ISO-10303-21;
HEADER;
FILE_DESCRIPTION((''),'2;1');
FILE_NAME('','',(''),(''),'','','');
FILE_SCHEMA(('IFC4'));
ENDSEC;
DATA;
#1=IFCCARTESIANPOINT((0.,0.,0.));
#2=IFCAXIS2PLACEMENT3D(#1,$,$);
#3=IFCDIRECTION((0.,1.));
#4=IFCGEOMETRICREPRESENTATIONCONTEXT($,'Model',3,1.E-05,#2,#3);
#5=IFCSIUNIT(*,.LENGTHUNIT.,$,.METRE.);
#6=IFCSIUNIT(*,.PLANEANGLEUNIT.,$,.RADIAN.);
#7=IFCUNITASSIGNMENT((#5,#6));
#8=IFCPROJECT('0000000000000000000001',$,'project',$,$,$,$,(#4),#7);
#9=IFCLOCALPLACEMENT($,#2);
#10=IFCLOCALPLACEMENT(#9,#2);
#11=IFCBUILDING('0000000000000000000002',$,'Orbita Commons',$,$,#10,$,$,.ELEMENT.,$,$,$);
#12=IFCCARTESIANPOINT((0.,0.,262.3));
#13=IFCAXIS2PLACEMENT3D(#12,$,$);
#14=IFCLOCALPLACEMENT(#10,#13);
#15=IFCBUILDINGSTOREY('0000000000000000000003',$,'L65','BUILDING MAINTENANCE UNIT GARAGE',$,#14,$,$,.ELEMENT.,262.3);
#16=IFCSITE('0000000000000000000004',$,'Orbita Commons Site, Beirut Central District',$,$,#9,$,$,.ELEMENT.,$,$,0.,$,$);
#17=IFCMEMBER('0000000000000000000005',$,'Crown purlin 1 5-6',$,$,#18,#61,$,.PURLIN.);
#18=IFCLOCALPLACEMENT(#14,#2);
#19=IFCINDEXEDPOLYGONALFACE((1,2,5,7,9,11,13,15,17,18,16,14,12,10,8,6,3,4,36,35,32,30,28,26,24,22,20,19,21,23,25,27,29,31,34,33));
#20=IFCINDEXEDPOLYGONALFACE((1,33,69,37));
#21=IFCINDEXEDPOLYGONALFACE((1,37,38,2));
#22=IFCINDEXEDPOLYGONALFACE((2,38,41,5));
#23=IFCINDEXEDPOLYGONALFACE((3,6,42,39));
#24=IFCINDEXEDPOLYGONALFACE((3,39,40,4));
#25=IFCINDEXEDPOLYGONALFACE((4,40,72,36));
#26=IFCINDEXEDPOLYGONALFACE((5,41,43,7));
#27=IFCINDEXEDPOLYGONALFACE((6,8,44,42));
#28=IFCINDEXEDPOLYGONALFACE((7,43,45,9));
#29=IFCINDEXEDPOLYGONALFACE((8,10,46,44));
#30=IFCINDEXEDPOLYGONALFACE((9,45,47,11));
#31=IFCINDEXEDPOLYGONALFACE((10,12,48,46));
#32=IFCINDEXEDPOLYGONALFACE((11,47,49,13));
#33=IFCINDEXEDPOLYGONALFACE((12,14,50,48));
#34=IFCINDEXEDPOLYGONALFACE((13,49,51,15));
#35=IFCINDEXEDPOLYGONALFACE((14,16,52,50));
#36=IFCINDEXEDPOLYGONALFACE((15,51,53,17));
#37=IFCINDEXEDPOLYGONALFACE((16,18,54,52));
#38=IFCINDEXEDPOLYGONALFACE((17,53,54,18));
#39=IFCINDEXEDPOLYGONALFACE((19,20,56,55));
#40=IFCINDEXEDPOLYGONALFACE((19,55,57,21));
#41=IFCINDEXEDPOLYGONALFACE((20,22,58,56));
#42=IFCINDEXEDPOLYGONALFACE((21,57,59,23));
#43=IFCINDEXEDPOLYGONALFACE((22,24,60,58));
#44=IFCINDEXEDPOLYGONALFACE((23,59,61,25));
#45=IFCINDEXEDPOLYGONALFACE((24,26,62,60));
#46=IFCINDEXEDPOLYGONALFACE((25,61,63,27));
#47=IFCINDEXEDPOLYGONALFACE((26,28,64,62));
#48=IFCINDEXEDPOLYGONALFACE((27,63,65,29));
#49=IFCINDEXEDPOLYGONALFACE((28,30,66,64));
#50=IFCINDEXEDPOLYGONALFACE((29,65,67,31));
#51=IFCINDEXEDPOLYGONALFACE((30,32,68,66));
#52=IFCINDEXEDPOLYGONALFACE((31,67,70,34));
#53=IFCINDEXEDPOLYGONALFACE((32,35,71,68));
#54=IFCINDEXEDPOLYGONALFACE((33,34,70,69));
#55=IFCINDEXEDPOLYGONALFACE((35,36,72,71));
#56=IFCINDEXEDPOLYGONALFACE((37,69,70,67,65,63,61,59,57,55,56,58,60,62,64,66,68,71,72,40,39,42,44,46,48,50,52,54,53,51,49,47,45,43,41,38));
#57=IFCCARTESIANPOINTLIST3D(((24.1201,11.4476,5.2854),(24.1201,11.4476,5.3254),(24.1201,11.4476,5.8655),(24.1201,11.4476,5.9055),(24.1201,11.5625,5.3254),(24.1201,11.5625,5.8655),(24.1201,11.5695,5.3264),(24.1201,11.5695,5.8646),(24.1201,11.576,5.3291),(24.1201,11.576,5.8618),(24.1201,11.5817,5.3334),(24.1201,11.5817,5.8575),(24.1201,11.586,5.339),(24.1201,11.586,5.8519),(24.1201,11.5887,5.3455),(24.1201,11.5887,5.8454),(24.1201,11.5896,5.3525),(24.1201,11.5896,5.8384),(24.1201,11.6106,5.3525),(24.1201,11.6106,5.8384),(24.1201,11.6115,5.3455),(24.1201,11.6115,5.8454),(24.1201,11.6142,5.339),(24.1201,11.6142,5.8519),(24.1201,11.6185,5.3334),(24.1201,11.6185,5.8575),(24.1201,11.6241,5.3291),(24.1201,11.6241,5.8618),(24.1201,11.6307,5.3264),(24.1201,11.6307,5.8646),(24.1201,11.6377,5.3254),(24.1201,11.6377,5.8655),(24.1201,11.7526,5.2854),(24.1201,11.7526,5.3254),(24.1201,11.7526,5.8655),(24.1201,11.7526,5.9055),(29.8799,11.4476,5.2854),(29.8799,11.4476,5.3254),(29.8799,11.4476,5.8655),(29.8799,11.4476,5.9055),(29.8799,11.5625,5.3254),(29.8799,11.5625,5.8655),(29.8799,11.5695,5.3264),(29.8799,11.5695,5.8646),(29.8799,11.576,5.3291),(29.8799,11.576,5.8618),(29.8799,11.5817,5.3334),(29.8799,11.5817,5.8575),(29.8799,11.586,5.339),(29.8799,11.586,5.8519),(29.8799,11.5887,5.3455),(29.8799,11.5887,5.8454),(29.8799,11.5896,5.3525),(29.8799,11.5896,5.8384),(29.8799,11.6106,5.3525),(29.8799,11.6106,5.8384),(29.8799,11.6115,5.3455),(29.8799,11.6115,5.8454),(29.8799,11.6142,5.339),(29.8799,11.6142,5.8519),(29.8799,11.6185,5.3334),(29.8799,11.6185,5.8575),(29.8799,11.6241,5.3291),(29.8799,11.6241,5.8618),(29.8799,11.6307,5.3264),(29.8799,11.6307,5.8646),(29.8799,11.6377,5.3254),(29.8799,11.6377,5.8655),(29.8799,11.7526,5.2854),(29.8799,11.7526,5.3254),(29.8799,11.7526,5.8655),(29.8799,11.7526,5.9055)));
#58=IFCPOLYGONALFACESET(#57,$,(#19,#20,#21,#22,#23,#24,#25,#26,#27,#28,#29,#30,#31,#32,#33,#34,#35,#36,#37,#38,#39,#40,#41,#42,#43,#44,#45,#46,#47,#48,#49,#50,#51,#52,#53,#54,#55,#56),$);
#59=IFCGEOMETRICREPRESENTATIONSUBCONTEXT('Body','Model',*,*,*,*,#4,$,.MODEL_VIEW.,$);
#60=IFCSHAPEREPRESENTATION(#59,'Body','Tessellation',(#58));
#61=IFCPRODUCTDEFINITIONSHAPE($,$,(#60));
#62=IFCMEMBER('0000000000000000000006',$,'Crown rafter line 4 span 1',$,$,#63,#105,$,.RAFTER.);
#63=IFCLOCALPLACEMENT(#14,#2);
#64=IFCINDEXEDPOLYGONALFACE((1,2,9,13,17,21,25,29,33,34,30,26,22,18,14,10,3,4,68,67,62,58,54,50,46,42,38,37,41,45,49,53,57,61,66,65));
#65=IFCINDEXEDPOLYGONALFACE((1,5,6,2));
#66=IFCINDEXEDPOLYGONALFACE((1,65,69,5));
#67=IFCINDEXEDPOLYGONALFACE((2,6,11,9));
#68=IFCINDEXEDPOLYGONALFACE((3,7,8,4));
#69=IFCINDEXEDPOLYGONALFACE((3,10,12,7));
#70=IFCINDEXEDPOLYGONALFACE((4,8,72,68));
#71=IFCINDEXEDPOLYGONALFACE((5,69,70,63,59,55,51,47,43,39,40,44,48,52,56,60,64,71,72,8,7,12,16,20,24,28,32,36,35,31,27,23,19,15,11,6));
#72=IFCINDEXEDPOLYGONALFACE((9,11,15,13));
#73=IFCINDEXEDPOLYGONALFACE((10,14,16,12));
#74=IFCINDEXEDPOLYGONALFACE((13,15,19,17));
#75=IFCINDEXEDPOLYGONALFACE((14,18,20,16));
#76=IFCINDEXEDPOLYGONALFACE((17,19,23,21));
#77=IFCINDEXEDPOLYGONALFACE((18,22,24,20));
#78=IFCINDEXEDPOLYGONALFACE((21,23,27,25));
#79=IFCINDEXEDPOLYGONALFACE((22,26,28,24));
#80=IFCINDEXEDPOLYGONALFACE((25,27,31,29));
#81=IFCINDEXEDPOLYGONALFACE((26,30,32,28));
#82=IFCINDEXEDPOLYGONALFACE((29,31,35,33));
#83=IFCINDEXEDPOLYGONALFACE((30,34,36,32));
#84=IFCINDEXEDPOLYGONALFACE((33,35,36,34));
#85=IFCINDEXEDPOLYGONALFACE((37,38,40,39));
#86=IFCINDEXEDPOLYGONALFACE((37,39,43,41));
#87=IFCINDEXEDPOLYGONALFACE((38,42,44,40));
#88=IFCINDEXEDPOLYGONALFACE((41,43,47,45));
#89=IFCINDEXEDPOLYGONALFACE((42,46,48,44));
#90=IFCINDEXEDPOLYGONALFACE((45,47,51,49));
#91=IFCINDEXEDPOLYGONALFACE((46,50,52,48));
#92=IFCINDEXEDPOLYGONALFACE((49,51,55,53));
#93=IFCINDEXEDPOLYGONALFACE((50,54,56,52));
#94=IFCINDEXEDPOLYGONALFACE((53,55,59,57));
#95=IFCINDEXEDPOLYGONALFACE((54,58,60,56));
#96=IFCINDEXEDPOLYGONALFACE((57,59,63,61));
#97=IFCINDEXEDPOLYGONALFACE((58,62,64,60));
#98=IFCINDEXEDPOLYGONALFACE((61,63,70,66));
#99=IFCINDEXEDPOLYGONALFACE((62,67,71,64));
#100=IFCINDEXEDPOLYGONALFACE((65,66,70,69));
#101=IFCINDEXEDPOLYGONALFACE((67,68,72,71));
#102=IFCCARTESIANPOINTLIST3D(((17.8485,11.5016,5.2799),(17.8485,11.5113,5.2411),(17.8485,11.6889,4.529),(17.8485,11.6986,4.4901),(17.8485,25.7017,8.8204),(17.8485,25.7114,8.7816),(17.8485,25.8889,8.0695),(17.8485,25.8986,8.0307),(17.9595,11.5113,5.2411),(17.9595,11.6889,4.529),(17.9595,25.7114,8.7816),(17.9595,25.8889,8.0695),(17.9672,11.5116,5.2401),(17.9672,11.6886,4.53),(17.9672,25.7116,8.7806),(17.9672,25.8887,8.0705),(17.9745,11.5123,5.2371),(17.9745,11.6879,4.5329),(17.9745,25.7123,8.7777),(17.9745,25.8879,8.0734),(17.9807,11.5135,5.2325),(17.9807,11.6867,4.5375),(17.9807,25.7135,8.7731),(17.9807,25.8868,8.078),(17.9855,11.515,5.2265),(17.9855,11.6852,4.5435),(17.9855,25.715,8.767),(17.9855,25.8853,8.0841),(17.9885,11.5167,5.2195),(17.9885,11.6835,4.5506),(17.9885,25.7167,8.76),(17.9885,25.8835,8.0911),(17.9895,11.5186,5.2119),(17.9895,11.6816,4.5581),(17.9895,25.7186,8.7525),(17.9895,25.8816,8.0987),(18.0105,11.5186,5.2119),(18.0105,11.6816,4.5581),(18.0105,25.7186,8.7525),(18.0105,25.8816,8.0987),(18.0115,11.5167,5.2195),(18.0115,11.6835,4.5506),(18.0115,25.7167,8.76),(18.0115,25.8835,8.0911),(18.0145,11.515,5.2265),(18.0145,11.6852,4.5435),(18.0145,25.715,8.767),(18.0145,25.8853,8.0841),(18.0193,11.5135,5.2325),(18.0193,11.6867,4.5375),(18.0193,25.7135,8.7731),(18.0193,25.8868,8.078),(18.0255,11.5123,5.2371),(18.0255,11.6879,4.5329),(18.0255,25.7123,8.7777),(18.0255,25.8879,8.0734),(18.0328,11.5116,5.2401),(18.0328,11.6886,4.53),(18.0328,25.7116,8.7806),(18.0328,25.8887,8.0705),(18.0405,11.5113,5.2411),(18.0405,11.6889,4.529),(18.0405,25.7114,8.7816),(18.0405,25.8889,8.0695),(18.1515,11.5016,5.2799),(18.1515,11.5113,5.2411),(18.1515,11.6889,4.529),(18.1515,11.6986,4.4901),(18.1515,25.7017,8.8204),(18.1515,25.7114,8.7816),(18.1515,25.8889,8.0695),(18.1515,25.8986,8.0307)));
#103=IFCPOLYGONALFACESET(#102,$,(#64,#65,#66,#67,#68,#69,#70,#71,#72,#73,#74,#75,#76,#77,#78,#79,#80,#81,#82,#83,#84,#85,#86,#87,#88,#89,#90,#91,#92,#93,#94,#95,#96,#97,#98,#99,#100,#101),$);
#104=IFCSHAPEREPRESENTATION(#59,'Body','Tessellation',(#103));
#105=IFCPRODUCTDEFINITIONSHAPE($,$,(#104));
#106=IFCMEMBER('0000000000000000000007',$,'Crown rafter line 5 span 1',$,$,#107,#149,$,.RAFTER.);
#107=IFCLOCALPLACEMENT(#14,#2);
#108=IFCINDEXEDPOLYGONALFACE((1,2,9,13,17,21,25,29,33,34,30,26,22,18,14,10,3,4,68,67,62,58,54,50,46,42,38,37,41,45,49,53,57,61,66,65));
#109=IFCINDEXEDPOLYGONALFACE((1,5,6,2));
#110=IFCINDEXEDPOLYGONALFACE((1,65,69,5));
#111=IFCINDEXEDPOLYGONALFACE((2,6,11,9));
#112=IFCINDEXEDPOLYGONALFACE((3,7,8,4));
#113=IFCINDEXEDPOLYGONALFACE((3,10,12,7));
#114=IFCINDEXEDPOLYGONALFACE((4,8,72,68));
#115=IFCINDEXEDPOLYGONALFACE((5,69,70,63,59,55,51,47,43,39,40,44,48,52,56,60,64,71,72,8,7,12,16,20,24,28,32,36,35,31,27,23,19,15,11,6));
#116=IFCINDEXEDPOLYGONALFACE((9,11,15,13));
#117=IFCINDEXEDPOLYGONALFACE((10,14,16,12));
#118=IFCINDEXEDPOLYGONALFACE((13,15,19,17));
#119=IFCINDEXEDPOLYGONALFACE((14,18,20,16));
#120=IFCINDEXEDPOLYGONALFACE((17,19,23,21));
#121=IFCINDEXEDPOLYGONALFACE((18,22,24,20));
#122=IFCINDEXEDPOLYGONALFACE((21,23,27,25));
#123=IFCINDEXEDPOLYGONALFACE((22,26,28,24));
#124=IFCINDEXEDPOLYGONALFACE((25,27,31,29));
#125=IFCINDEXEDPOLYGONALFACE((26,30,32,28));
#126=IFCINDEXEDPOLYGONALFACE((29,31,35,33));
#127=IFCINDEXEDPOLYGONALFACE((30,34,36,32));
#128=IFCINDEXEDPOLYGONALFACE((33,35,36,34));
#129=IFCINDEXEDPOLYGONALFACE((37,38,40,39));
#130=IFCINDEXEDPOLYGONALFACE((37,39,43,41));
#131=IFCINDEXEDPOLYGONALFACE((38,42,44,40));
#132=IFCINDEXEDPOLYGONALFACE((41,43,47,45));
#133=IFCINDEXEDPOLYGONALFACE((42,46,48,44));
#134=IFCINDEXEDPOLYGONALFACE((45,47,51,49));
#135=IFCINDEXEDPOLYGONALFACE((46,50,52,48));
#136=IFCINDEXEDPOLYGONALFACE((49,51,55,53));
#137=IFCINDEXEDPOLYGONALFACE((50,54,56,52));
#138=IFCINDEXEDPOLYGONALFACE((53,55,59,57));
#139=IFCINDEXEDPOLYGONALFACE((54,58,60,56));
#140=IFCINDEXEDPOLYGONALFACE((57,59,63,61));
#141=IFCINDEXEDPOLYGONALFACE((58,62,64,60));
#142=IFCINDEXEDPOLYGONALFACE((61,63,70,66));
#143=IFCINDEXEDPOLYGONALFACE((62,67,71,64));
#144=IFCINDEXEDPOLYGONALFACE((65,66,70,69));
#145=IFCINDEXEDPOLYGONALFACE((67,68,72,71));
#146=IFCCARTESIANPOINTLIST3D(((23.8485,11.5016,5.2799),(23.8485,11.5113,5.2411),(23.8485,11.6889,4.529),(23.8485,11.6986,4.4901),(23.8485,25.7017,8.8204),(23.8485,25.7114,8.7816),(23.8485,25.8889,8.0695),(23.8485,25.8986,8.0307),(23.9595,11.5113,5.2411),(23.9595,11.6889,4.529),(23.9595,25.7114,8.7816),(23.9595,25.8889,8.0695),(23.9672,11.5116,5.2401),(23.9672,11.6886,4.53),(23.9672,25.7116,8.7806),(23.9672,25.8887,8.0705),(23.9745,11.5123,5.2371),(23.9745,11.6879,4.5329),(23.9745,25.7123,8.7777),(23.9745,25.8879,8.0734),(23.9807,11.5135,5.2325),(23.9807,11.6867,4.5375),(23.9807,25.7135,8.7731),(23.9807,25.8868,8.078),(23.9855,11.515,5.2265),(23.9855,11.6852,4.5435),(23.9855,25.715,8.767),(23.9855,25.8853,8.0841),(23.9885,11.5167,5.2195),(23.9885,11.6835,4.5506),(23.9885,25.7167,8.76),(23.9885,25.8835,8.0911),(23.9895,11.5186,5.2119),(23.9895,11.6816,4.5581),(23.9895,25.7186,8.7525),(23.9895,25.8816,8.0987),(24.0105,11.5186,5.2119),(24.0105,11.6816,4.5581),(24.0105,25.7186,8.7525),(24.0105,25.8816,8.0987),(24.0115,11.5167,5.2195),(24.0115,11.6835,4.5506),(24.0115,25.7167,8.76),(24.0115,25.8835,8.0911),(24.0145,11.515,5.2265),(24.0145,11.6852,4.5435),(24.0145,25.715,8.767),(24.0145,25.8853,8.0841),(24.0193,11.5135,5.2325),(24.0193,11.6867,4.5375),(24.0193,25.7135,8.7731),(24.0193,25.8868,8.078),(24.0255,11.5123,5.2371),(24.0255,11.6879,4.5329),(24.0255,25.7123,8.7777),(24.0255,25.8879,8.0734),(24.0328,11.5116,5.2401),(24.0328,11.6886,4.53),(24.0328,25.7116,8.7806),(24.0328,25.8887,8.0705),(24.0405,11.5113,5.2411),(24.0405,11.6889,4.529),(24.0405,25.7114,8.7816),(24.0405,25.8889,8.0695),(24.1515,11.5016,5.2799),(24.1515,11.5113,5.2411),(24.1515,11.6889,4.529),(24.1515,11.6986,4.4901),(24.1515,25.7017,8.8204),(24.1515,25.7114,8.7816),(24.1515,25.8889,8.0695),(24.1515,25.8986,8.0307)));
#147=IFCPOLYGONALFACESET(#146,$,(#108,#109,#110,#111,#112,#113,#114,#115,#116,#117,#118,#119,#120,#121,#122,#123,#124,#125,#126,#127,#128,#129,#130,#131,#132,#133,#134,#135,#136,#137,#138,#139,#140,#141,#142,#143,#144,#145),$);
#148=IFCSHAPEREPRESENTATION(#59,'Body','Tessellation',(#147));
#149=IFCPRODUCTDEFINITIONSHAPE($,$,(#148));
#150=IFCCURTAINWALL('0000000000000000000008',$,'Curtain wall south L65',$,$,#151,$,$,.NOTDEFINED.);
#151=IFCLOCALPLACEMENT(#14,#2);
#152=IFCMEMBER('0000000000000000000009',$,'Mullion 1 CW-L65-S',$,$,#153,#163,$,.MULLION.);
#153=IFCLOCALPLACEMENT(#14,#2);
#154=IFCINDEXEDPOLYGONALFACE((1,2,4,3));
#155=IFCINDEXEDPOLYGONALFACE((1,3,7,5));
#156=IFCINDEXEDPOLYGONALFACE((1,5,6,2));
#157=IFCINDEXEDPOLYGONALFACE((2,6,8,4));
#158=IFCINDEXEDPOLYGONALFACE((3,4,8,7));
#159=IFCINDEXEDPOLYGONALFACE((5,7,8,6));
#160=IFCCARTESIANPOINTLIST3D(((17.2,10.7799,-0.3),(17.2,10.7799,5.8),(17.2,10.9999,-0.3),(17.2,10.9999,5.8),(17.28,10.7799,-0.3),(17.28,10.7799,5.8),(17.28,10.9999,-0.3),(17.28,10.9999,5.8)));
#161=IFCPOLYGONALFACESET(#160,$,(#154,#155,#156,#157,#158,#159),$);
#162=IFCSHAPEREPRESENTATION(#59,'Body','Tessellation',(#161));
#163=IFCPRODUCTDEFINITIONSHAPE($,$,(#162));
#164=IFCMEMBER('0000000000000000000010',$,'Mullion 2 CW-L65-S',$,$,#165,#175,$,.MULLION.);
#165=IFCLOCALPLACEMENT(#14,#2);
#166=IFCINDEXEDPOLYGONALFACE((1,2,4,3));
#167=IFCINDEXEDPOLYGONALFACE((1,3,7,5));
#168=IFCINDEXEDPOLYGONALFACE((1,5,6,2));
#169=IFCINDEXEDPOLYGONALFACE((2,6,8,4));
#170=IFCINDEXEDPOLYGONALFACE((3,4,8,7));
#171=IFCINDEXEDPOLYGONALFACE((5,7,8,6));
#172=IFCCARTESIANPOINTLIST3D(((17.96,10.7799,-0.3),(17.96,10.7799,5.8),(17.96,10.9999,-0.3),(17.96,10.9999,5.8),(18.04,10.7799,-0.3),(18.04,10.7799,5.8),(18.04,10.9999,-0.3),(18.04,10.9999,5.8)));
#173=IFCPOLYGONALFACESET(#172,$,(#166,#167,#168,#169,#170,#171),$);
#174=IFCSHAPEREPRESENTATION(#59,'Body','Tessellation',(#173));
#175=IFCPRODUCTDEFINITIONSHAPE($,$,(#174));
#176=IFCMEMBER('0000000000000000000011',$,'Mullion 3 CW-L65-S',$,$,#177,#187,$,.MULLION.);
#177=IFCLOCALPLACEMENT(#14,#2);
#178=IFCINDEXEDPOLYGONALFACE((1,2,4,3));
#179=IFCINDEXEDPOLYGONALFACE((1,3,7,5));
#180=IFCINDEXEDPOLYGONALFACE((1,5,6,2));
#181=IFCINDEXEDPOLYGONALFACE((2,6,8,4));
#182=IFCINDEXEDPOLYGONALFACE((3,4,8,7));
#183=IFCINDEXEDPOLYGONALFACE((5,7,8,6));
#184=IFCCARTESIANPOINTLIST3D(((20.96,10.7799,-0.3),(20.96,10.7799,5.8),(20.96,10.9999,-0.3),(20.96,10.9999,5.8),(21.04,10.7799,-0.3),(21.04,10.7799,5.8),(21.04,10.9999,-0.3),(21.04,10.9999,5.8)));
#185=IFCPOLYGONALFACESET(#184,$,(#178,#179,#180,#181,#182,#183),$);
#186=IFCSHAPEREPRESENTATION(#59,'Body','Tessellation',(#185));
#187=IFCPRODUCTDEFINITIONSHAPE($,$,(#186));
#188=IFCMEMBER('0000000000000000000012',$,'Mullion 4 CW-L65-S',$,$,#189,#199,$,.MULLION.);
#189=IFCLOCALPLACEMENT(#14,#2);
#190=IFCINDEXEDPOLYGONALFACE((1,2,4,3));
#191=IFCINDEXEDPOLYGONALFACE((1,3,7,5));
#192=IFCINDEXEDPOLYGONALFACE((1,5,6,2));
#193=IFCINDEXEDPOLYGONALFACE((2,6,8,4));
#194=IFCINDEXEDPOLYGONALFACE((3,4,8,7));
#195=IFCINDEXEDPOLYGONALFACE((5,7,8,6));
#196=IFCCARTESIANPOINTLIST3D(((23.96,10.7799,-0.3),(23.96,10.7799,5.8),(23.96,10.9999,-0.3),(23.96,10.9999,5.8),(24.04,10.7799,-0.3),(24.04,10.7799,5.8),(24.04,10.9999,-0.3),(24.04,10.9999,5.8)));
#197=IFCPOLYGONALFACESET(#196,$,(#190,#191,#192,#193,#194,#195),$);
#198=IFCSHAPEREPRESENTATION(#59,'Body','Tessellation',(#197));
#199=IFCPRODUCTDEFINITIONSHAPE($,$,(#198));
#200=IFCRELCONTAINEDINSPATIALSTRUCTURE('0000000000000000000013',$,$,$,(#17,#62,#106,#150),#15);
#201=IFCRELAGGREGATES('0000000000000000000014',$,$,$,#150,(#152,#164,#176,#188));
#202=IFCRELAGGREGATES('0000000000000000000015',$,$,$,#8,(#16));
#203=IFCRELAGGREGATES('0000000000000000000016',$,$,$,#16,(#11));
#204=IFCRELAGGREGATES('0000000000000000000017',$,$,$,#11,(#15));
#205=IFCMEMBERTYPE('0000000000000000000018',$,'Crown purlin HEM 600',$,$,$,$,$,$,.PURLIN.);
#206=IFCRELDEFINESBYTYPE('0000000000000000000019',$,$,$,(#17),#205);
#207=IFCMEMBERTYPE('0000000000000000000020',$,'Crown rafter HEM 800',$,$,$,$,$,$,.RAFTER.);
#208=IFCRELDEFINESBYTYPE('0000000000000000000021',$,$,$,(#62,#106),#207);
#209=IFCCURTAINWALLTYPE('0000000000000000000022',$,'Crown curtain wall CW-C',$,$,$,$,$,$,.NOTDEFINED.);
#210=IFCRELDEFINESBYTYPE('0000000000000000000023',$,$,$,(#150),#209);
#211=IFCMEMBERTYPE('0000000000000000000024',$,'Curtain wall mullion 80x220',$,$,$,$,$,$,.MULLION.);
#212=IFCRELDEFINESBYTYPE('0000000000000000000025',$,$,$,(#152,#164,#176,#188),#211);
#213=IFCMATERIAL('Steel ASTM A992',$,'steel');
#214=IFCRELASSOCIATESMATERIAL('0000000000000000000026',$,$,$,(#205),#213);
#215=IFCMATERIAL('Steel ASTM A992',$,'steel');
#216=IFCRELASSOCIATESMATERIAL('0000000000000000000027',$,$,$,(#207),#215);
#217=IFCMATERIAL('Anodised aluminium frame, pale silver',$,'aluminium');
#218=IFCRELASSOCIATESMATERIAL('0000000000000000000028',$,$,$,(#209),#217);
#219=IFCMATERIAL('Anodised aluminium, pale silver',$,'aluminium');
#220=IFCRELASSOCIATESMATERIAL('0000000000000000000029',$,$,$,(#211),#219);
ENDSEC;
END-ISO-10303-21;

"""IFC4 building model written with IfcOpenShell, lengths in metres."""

from ifc_helpers import new_model, si_unit, direction, frame, origin, origin_2d, place, context, subcontext, project, spatial, rectangle, i_section, extrude, material, material_profile, profile_set, type_object, element, aggregate, save


model = new_model("IFC4")

# Units and contexts
model_context = context("Model", 3, precision=1e-05, world=origin(), true_north=direction((0.0, 1.0)))
body_context = subcontext(model_context, "Body", "Model", "MODEL_VIEW")
ifc_project = project(units=[si_unit("LENGTHUNIT", "METRE"), si_unit("PLANEANGLEUNIT", "RADIAN")], contexts=[model_context])

# Site, building, storey
site_placement = place(None, origin())
site = spatial("IfcSite", under=ifc_project, at=site_placement, Name="Orbita Commons Site, Beirut Central District", CompositionType="ELEMENT", RefElevation=0.0)
building_placement = place(site_placement, origin())
building = spatial("IfcBuilding", under=site, at=building_placement, Name="Orbita Commons", CompositionType="ELEMENT")
storey_placement = place(building_placement, frame((0.0, 0.0, 262.3)))
storey = spatial("IfcBuildingStorey", under=building, at=storey_placement, Name="L65", Description="BUILDING MAINTENANCE UNIT GARAGE", CompositionType="ELEMENT", Elevation=262.3)

# Members
ifc_material_1 = material(Name="Steel ASTM A992", Category="steel")
ifc_material_profile_1 = material_profile(ifc_material_1, i_section(OverallWidth=0.3049, OverallDepth=0.6201, WebThickness=0.021, FlangeThickness=0.04, FilletRadius=0.0271, at=origin_2d()), Name="HEM 600")
ifc_profile_set_1 = profile_set([ifc_material_profile_1], Name="Steel ASTM A992")
member_type_1 = type_object("IfcMemberType", Name="Crown purlin HEM 600", PredefinedType="PURLIN", material=ifc_profile_set_1)
for number, where, z_axis, x_axis, name in (
    (1, (24.1201, 11.6001, 5.5955), (1.0, 0.0, 0.0), (0.0, 1.0, 0.0), "Crown purlin 1 5-6"),
):
    element("IfcMember", number, at=place(storey_placement, frame(where, z_axis=z_axis, x_axis=x_axis)), inside=storey, type_object=member_type_1, Name=name, PredefinedType="PURLIN", context=body_context, shape_type="SweptSolid", body=[
        extrude(i_section(OverallWidth=0.3049, OverallDepth=0.6201, WebThickness=0.021, FlangeThickness=0.04, FilletRadius=0.0271, at=origin_2d()), origin(), (0.0, 0.0, 1.0), 5.7598),
    ])
ifc_material_2 = material(Name="Steel ASTM A992", Category="steel")
ifc_material_profile_2 = material_profile(ifc_material_2, i_section(OverallWidth=0.303, OverallDepth=0.814, WebThickness=0.021, FlangeThickness=0.04, FilletRadius=0.03, at=origin_2d()), Name="HEM 800")
ifc_profile_set_2 = profile_set([ifc_material_profile_2], Name="Steel ASTM A992")
member_type_2 = type_object("IfcMemberType", Name="Crown rafter HEM 800", PredefinedType="RAFTER", material=ifc_profile_set_2)
for number, where, z_axis, x_axis, name in (
    (2, (18.0, 11.6001, 4.885), (0.0, 0.970294, 0.241927), (-1.0, 0.0, 0.0), "Crown rafter line 4 span 1"),
    (3, (24.0, 11.6001, 4.885), (0.0, 0.970294, 0.241927), (-1.0, 0.0, 0.0), "Crown rafter line 5 span 1"),
):
    element("IfcMember", number, at=place(storey_placement, frame(where, z_axis=z_axis, x_axis=x_axis)), inside=storey, type_object=member_type_2, Name=name, PredefinedType="RAFTER", context=body_context, shape_type="SweptSolid", body=[
        extrude(i_section(OverallWidth=0.303, OverallDepth=0.814, WebThickness=0.021, FlangeThickness=0.04, FilletRadius=0.03, at=origin_2d()), origin(), (0.0, 0.0, 1.0), 14.6348),
    ])

# Curtain wall, members
ifc_material_3 = material(Name="Anodised aluminium frame, pale silver", Category="aluminium")
curtain_wall_type = type_object("IfcCurtainWallType", Name="Crown curtain wall CW-C", PredefinedType="NOTDEFINED", material=ifc_material_3)
curtain_wall_placement = place(storey_placement, origin())
curtain_wall = element("IfcCurtainWall", 4, at=curtain_wall_placement, inside=storey, type_object=curtain_wall_type, Name="Curtain wall south L65", PredefinedType="NOTDEFINED")
ifc_material_4 = material(Name="Anodised aluminium, pale silver", Category="aluminium")
ifc_material_profile_3 = material_profile(ifc_material_4, rectangle(XDim=0.0801, YDim=0.22, at=origin_2d()), Name="AL 80x220")
ifc_profile_set_3 = profile_set([ifc_material_profile_3], Name="Anodised aluminium, pale silver")
member_type_3 = type_object("IfcMemberType", Name="Curtain wall mullion 80x220", PredefinedType="MULLION", material=ifc_profile_set_3)
member_1_placement = place(storey_placement, frame((17.24, 10.8899, -0.3), z_axis=(0.0, 0.0, 1.0), x_axis=(1.0, 0.0, 0.0)))
member_1 = element("IfcMember", 5, at=member_1_placement, type_object=member_type_3, Name="Mullion 1 CW-L65-S", PredefinedType="MULLION", context=body_context, shape_type="SweptSolid", body=[
    extrude(rectangle(XDim=0.0801, YDim=0.22, at=origin_2d()), origin(), (0.0, 0.0, 1.0), 6.1001),
])
member_2_placement = place(storey_placement, frame((18.0, 10.8899, -0.3), z_axis=(0.0, 0.0, 1.0), x_axis=(1.0, 0.0, 0.0)))
member_2 = element("IfcMember", 6, at=member_2_placement, type_object=member_type_3, Name="Mullion 2 CW-L65-S", PredefinedType="MULLION", context=body_context, shape_type="SweptSolid", body=[
    extrude(rectangle(XDim=0.0801, YDim=0.22, at=origin_2d()), origin(), (0.0, 0.0, 1.0), 6.1001),
])
member_3_placement = place(storey_placement, frame((21.0, 10.8899, -0.3), z_axis=(0.0, 0.0, 1.0), x_axis=(1.0, 0.0, 0.0)))
member_3 = element("IfcMember", 7, at=member_3_placement, type_object=member_type_3, Name="Mullion 3 CW-L65-S", PredefinedType="MULLION", context=body_context, shape_type="SweptSolid", body=[
    extrude(rectangle(XDim=0.0801, YDim=0.22, at=origin_2d()), origin(), (0.0, 0.0, 1.0), 6.1001),
])
member_4_placement = place(storey_placement, frame((24.0, 10.8899, -0.3), z_axis=(0.0, 0.0, 1.0), x_axis=(1.0, 0.0, 0.0)))
member_4 = element("IfcMember", 8, at=member_4_placement, type_object=member_type_3, Name="Mullion 4 CW-L65-S", PredefinedType="MULLION", context=body_context, shape_type="SweptSolid", body=[
    extrude(rectangle(XDim=0.0801, YDim=0.22, at=origin_2d()), origin(), (0.0, 0.0, 1.0), 6.1001),
])

aggregate(curtain_wall, [member_1, member_2, member_3, member_4])

save(model, "model.ifc")
